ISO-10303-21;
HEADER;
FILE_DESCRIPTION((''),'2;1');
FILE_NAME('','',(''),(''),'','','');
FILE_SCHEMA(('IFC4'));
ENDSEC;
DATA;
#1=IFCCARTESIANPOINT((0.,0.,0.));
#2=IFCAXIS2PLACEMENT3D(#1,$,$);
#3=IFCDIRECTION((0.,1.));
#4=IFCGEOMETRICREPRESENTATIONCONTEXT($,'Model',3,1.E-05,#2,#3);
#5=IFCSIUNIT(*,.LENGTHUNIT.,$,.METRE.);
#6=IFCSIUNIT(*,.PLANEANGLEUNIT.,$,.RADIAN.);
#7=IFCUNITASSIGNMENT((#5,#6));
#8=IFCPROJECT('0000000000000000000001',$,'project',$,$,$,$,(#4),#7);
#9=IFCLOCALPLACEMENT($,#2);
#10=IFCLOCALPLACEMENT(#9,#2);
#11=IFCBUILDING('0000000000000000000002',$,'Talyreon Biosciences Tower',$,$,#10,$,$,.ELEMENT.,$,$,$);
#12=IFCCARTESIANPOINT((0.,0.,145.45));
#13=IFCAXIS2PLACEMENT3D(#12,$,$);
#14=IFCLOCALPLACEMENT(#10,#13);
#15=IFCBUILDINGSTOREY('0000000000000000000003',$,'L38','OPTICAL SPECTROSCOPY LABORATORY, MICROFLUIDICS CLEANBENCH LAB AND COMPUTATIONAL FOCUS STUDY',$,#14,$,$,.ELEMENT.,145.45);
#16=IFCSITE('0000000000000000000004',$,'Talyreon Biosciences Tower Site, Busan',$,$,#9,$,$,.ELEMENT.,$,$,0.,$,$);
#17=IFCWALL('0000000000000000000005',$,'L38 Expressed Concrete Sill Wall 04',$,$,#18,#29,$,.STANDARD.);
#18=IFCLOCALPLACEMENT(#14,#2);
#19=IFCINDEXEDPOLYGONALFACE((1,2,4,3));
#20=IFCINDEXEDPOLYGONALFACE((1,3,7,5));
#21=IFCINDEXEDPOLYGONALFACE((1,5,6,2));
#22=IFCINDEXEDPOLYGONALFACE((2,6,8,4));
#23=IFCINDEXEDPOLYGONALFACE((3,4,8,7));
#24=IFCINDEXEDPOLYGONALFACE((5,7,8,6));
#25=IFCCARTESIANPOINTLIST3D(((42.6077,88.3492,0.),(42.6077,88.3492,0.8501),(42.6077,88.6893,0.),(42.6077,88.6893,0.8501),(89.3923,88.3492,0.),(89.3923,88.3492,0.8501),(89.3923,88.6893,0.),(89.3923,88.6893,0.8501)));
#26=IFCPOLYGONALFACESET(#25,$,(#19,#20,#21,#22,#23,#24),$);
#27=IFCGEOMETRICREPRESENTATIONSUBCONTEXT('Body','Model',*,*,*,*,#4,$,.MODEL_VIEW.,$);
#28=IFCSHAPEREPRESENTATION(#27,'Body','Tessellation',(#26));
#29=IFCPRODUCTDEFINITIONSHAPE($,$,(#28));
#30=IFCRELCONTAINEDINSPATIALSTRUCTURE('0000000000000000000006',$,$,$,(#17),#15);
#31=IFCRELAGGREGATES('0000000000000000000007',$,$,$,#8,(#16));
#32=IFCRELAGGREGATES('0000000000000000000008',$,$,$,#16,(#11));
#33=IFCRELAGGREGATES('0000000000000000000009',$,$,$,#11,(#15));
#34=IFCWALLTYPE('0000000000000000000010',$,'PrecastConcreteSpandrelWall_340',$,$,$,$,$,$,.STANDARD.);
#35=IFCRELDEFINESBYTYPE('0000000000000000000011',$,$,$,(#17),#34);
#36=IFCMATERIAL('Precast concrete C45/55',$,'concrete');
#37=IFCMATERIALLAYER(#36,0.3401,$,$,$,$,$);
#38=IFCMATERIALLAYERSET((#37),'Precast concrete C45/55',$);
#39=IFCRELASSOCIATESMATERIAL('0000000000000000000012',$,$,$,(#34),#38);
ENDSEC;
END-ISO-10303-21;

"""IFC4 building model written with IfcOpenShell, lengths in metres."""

from ifc_helpers import new_model, si_unit, direction, frame, frame_2d, origin, place, context, subcontext, project, spatial, rectangle, extrude, material, layer, layer_set, type_object, element, save


model = new_model("IFC4")

# Units and contexts
model_context = context("Model", 3, precision=1e-05, world=origin(), true_north=direction((0.0, 1.0)))
body_context = subcontext(model_context, "Body", "Model", "MODEL_VIEW")
ifc_project = project(units=[si_unit("LENGTHUNIT", "METRE"), si_unit("PLANEANGLEUNIT", "RADIAN")], contexts=[model_context])

# Site, building, storey
site_placement = place(None, origin())
site = spatial("IfcSite", under=ifc_project, at=site_placement, Name="Talyreon Biosciences Tower Site, Busan", CompositionType="ELEMENT", RefElevation=0.0)
building_placement = place(site_placement, origin())
building = spatial("IfcBuilding", under=site, at=building_placement, Name="Talyreon Biosciences Tower", CompositionType="ELEMENT")
storey_placement = place(building_placement, frame((0.0, 0.0, 145.45)))
storey = spatial("IfcBuildingStorey", under=building, at=storey_placement, Name="L38", Description="OPTICAL SPECTROSCOPY LABORATORY, MICROFLUIDICS CLEANBENCH LAB AND COMPUTATIONAL FOCUS STUDY", CompositionType="ELEMENT", Elevation=145.45)

# Shared definitions
ifc_material_1 = material(Name="Precast concrete C45/55", Category="concrete")

# Wall
ifc_layer_1 = layer(ifc_material_1, 0.3401)
ifc_layer_set_1 = layer_set([ifc_layer_1], Name="Precast concrete C45/55")
wall_type_1 = type_object("IfcWallType", Name="PrecastConcreteSpandrelWall_340", PredefinedType="STANDARD", material=ifc_layer_set_1)
wall_1_placement = place(storey_placement, frame((42.6077, 88.5193, 0.0), z_axis=(0.0, 0.0, 1.0), x_axis=(1.0, 0.0, 0.0)))
element("IfcWall", 1, at=wall_1_placement, inside=storey, type_object=wall_type_1, Name="L38 Expressed Concrete Sill Wall 04", PredefinedType="STANDARD", context=body_context, shape_type="SweptSolid", body=[
    extrude(rectangle(XDim=46.7847, YDim=0.3401, at=frame_2d((23.3923, 0.0))), origin(), (0.0, 0.0, 1.0), 0.8501),
])

save(model, "model.ifc")
